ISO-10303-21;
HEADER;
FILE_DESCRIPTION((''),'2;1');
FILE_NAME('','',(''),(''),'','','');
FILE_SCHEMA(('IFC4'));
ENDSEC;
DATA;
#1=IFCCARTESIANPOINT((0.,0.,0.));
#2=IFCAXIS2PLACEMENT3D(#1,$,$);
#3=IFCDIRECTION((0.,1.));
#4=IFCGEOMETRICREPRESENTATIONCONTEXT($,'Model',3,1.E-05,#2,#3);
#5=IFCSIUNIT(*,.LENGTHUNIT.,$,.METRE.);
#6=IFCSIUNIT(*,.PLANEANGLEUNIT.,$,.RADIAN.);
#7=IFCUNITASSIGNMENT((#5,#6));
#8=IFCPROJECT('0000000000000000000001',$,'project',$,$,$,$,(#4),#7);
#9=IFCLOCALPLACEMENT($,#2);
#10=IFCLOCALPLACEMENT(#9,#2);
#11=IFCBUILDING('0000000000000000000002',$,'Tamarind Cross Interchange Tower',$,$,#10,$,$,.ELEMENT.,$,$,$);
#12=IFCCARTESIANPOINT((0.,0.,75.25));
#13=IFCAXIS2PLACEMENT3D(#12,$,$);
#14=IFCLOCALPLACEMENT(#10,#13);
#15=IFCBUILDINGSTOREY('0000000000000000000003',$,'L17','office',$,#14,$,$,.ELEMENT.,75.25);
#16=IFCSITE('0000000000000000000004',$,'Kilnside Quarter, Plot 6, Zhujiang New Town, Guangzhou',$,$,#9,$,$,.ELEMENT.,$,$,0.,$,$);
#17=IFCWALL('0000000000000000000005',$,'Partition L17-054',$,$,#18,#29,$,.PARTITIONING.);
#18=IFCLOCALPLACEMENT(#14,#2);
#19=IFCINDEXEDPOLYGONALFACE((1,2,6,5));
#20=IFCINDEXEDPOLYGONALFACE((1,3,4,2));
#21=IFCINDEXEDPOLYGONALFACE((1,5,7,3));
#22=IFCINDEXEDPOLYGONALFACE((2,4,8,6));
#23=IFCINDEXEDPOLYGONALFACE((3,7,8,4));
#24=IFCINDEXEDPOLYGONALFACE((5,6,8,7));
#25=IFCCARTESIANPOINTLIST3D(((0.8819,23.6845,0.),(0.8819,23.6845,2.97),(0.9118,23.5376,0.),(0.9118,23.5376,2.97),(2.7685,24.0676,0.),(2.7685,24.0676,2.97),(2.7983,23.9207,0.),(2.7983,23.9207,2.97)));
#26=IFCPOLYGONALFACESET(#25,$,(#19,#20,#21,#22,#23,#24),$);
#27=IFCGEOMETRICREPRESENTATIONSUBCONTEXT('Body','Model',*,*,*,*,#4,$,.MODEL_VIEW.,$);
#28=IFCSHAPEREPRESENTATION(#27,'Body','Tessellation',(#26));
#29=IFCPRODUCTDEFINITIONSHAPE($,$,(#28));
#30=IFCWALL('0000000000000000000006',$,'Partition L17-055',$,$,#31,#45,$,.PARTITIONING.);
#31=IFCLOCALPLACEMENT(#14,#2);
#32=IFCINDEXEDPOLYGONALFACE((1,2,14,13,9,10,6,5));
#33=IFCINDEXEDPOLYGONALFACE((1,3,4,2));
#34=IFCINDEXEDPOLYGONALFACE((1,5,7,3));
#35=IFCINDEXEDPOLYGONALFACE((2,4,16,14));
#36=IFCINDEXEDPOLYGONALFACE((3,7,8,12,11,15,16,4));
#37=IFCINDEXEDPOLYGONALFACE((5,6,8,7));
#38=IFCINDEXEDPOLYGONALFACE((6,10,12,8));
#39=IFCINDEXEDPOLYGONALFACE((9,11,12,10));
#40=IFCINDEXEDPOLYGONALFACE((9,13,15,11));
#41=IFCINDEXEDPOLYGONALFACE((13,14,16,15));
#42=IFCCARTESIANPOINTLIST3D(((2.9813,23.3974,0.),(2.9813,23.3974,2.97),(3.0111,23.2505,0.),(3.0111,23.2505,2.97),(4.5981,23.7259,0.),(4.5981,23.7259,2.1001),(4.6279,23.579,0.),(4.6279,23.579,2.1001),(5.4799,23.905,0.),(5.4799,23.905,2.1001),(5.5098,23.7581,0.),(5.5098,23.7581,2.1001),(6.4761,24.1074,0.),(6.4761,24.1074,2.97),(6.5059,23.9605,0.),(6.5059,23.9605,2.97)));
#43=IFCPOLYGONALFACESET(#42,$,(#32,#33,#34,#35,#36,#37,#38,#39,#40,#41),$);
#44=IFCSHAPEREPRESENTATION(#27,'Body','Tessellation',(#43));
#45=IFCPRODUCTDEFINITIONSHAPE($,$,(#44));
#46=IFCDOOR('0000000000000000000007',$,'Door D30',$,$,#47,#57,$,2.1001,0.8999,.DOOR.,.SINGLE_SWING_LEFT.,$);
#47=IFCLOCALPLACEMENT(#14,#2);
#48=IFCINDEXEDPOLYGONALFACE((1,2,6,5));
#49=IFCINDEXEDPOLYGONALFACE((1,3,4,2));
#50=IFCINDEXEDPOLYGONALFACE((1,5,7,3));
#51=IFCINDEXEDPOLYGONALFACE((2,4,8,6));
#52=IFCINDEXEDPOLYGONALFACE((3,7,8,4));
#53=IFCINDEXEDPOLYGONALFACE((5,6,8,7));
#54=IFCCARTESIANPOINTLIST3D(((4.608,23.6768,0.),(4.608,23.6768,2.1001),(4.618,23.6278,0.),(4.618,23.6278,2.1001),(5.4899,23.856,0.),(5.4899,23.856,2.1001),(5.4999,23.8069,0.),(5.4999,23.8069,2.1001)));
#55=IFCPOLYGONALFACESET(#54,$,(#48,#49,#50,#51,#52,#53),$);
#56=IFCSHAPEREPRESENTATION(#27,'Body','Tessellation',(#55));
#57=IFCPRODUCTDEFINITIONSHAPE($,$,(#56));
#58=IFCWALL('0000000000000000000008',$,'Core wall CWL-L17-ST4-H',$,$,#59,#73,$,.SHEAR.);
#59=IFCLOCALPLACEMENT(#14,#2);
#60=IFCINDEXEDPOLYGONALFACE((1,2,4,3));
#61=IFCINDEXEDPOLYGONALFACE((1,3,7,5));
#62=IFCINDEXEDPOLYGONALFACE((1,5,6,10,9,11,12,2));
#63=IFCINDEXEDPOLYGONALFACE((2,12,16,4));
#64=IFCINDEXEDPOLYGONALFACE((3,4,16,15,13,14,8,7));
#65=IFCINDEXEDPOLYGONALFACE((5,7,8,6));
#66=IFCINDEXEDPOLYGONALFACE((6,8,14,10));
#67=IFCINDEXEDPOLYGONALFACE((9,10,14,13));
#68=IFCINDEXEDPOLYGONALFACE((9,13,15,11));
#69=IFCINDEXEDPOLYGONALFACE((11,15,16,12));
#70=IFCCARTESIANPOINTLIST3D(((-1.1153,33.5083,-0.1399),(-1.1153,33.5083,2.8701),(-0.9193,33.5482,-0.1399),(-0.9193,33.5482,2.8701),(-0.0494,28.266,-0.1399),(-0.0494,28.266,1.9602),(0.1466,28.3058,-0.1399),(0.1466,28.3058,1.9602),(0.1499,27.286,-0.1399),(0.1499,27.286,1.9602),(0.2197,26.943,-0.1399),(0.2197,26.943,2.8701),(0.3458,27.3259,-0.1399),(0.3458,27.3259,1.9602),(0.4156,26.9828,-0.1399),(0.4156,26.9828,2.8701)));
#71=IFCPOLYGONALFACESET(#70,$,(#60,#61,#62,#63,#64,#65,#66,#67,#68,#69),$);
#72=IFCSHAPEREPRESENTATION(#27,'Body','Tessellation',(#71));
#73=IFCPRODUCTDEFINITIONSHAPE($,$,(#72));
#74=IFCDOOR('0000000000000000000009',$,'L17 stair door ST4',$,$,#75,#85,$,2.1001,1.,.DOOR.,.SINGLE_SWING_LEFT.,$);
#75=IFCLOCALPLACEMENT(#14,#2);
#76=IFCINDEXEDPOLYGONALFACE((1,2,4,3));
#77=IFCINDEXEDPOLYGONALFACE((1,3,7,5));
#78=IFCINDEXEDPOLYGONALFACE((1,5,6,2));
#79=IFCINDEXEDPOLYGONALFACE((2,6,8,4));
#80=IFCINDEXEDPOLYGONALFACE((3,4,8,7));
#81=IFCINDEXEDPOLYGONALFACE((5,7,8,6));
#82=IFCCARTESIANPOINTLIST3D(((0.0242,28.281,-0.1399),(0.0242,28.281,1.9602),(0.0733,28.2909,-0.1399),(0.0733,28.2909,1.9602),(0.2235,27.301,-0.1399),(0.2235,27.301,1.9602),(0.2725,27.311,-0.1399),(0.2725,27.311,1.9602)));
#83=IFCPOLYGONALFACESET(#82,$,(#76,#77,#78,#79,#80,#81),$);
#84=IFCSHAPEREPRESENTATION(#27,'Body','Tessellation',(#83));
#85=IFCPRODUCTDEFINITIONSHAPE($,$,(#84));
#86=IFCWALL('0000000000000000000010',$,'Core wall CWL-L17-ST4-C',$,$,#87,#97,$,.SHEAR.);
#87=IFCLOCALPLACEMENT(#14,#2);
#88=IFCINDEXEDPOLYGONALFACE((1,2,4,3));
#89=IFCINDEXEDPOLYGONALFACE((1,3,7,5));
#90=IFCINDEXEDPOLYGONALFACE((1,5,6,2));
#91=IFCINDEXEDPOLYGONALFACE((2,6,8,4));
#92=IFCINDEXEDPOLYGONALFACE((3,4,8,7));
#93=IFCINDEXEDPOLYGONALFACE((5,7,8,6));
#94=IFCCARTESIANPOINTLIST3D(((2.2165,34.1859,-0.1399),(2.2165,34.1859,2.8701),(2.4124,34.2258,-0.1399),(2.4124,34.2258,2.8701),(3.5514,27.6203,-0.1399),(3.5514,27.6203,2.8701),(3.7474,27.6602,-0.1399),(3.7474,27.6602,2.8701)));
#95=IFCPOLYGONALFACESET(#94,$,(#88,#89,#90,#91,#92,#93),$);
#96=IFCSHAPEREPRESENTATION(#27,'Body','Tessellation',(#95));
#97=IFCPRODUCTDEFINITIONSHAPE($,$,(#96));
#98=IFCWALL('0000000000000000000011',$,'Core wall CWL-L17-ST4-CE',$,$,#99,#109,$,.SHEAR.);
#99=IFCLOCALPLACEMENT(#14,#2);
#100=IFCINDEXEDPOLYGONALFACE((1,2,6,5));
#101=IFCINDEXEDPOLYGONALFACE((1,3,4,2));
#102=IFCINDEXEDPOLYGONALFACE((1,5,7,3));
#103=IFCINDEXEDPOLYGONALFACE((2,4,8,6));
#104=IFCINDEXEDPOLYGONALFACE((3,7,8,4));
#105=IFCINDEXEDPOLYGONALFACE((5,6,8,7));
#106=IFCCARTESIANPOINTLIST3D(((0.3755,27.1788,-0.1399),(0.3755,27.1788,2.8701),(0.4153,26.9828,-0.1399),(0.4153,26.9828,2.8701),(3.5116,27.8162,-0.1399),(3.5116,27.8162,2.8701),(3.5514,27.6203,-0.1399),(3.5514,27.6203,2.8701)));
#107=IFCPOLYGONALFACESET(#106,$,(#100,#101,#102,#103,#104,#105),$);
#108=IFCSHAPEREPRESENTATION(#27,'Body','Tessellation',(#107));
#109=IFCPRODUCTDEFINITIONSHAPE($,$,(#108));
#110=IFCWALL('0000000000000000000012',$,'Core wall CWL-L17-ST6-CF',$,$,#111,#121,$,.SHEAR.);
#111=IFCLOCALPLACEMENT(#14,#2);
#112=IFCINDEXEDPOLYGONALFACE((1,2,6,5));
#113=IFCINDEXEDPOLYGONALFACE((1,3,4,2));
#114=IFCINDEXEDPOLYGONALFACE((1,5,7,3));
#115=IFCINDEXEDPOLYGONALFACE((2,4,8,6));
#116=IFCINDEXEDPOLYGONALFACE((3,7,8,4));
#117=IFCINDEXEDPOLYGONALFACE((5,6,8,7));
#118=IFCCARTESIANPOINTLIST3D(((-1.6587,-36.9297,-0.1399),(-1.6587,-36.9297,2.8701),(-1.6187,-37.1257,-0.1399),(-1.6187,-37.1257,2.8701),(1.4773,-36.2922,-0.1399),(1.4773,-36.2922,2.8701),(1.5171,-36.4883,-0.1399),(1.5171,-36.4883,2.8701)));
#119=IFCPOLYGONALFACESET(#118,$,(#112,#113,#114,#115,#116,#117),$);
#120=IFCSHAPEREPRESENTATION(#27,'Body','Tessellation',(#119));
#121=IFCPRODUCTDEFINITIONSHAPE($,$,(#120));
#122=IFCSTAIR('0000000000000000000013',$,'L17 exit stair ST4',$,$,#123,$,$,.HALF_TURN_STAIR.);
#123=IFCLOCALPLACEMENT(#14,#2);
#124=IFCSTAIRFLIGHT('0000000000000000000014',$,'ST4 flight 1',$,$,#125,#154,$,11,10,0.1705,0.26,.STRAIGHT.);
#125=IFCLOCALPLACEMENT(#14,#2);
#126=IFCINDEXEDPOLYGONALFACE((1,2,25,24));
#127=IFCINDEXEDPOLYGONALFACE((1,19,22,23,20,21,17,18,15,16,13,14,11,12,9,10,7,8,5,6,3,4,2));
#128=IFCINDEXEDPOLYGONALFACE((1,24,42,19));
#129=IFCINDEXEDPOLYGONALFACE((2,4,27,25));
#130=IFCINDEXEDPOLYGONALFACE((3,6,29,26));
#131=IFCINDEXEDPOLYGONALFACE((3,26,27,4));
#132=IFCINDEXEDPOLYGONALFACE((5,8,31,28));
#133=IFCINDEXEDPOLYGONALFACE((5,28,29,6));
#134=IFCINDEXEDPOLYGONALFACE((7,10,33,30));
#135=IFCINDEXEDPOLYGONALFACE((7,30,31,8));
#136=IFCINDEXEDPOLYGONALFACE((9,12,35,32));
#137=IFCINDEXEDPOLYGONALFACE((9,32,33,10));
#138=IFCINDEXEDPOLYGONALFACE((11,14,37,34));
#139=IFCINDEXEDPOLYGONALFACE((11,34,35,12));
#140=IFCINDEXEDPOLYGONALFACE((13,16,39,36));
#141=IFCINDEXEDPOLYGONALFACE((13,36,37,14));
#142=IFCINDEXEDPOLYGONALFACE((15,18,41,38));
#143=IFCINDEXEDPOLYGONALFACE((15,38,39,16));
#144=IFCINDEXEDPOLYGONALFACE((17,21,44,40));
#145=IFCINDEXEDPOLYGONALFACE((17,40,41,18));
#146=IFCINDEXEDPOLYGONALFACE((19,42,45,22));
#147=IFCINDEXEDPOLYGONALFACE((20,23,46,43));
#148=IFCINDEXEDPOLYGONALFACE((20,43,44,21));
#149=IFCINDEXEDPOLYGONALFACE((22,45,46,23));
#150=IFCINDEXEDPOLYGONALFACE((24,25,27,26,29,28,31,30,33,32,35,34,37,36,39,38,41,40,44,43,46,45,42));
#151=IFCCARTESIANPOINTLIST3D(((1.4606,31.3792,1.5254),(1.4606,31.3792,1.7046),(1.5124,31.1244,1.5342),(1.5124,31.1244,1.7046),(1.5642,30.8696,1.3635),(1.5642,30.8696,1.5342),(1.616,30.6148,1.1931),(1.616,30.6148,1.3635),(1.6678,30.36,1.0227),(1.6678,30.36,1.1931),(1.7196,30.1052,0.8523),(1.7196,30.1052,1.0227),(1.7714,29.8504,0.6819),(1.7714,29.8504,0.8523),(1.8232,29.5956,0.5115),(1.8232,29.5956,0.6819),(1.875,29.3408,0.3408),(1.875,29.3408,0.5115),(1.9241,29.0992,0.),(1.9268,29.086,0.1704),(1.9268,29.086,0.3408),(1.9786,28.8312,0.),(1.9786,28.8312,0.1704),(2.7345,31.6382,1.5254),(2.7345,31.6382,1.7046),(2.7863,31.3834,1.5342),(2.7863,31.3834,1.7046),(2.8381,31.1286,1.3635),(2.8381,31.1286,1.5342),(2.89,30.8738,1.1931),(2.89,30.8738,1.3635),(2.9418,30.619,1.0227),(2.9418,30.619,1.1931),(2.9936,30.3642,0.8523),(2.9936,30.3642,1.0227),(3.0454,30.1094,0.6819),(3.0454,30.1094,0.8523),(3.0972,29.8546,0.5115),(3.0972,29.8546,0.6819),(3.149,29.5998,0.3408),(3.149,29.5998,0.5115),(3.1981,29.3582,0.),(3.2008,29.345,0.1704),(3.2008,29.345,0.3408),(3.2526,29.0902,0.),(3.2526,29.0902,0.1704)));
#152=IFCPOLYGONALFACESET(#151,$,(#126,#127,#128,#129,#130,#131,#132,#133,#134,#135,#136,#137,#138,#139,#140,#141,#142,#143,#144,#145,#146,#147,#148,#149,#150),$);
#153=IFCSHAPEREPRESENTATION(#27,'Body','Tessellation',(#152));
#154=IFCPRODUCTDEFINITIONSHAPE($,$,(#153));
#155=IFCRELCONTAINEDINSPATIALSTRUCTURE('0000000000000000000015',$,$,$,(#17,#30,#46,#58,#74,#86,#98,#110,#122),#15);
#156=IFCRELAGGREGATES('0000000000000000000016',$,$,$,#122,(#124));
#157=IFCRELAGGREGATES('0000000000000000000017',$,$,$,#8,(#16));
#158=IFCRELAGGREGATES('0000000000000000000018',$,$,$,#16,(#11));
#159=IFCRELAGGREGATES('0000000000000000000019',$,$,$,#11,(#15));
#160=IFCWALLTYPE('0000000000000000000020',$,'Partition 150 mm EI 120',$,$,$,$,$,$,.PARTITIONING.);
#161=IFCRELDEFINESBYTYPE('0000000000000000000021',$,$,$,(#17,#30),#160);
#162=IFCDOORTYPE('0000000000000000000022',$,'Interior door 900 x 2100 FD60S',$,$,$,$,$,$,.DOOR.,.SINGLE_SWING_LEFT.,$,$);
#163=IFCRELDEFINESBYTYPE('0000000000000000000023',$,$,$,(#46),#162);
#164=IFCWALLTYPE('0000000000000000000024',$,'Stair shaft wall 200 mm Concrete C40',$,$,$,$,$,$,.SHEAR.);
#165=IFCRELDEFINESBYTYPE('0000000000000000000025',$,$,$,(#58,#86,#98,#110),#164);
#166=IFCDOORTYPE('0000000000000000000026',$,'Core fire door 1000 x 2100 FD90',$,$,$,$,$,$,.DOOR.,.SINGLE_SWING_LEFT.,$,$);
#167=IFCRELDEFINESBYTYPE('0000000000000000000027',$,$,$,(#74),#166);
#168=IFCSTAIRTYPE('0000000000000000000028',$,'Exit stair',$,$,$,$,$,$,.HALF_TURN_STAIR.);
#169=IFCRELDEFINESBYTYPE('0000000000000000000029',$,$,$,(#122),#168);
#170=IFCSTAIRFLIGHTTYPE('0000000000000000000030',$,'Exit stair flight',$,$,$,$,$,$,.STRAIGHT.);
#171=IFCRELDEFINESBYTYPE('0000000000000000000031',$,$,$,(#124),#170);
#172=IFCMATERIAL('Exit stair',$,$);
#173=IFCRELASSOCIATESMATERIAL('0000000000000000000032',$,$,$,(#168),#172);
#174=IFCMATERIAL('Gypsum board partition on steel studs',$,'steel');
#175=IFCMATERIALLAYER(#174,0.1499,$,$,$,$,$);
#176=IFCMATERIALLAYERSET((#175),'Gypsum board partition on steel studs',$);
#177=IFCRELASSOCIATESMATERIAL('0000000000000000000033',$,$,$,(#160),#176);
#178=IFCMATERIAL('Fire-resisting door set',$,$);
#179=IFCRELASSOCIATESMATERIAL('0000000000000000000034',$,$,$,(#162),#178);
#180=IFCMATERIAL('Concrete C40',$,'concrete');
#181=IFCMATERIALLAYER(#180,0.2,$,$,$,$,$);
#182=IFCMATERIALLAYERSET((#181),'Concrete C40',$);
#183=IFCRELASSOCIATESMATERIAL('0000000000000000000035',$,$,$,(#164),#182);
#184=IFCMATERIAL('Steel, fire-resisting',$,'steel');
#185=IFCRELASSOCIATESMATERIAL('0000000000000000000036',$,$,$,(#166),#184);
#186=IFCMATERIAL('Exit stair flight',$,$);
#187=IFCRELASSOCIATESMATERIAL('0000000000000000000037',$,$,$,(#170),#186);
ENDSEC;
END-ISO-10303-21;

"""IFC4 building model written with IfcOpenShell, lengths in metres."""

from ifc_helpers import new_model, si_unit, direction, frame, frame_2d, origin, place, context, subcontext, project, spatial, polyline, rectangle, outline, extrude, material, layer, layer_set, type_object, element, fill, aggregate, save


model = new_model("IFC4")

# Units and contexts
model_context = context("Model", 3, precision=1e-05, world=origin(), true_north=direction((0.0, 1.0)))
body_context = subcontext(model_context, "Body", "Model", "MODEL_VIEW")
ifc_project = project(units=[si_unit("LENGTHUNIT", "METRE"), si_unit("PLANEANGLEUNIT", "RADIAN")], contexts=[model_context])

# Site, building, storey
site_placement = place(None, origin())
site = spatial("IfcSite", under=ifc_project, at=site_placement, Name="Kilnside Quarter, Plot 6, Zhujiang New Town, Guangzhou", CompositionType="ELEMENT", RefElevation=0.0)
building_placement = place(site_placement, origin())
building = spatial("IfcBuilding", under=site, at=building_placement, Name="Tamarind Cross Interchange Tower", CompositionType="ELEMENT")
storey_placement = place(building_placement, frame((0.0, 0.0, 75.25)))
storey = spatial("IfcBuildingStorey", under=building, at=storey_placement, Name="L17", Description="office", CompositionType="ELEMENT", Elevation=75.25)

# Shared definitions
ifc_material_1 = material(Name="Exit stair")
stair_type = type_object("IfcStairType", Name="Exit stair", PredefinedType="HALF_TURN_STAIR", material=ifc_material_1)
ifc_material_2 = material(Name="Concrete C40", Category="concrete")

# Shared definitions
ifc_material_3 = material(Name="Gypsum board partition on steel studs", Category="steel")

# Shared definitions
ifc_layer_1 = layer(ifc_material_3, 0.1499)
ifc_layer_set_1 = layer_set([ifc_layer_1], Name="Gypsum board partition on steel studs")
wall_type_1 = type_object("IfcWallType", Name="Partition 150 mm EI 120", PredefinedType="PARTITIONING", material=ifc_layer_set_1)
ifc_material_4 = material(Name="Fire-resisting door set")
door_type_1 = type_object("IfcDoorType", Name="Interior door 900 x 2100 FD60S", OperationType="SINGLE_SWING_LEFT", PredefinedType="DOOR", material=ifc_material_4)

# Wall
wall_1_placement = place(storey_placement, frame((0.897, 23.6111, 0.0), z_axis=(0.0, 0.0, 1.0), x_axis=(0.980001, 0.198993, 0.0)))
element("IfcWall", 1, at=wall_1_placement, inside=storey, type_object=wall_type_1, Name="Partition L17-054", PredefinedType="PARTITIONING", context=body_context, shape_type="SweptSolid", body=[
    extrude(rectangle(XDim=1.925, YDim=0.1499, at=frame_2d((0.9624, 0.0))), origin(), (0.0, 0.0, 1.0), 2.97),
])

# Walls, openings, doors
wall_2_placement = place(storey_placement, frame((2.9961, 23.324, 0.0), z_axis=(0.0, 0.0, 1.0), x_axis=(0.979984, 0.199077, 0.0)))
wall_2 = element("IfcWall", 2, at=wall_2_placement, inside=storey, type_object=wall_type_1, Name="Partition L17-055", PredefinedType="PARTITIONING", context=body_context, shape_type="SweptSolid", body=[
    extrude(rectangle(XDim=3.5662, YDim=0.1499, at=frame_2d((1.7832, 0.0))), origin(), (0.0, 0.0, 1.0), 2.97),
])
opening_1_placement = place(wall_2_placement, frame((1.6499, 0.0, 0.0)))
opening_1 = element("IfcOpeningElement", 3, at=opening_1_placement, cuts=wall_2, PredefinedType="OPENING", context=body_context, shape_type="SweptSolid", body=[
    extrude(rectangle(XDim=0.8999, YDim=2.1001, at=frame_2d((0.45, 1.05))), frame((0.0, 0.085, 0.0), z_axis=(0.0, -1.0, 0.0), x_axis=(1.0, 0.0, 0.0)), (0.0, 0.0, 1.0), 0.1699),
])
door_1_placement = place(opening_1_placement, origin())
door_1 = element("IfcDoor", 4, at=door_1_placement, inside=storey, type_object=door_type_1, Name="Door D30", OperationType="SINGLE_SWING_LEFT", OverallHeight=2.1001, OverallWidth=0.8999, PredefinedType="DOOR", context=body_context, shape_type="SweptSolid", body=[
    extrude(rectangle(XDim=0.8999, YDim=2.1001, at=frame_2d((0.45, 1.05))), frame((0.0, 0.0249, 0.0), z_axis=(0.0, -1.0, 0.0), x_axis=(1.0, 0.0, 0.0)), (0.0, 0.0, 1.0), 0.05),
])
fill(opening_1, door_1)
ifc_layer_2 = layer(ifc_material_2, 0.2)
ifc_layer_set_2 = layer_set([ifc_layer_2], Name="Concrete C40")
wall_type_2 = type_object("IfcWallType", Name="Stair shaft wall 200 mm Concrete C40", PredefinedType="SHEAR", material=ifc_layer_set_2)
wall_3_placement = place(storey_placement, frame((0.3176, 26.9629, -0.1399), z_axis=(0.0, 0.0, 1.0), x_axis=(-0.199255, 0.979948, 0.0)))
wall_3 = element("IfcWall", 5, at=wall_3_placement, inside=storey, type_object=wall_type_2, Name="Core wall CWL-L17-ST4-H", PredefinedType="SHEAR", context=body_context, shape_type="SweptSolid", body=[
    extrude(rectangle(XDim=6.6997, YDim=0.2, at=frame_2d((3.3499, 0.0))), origin(), (0.0, 0.0, 1.0), 3.01),
])
opening_2_placement = place(wall_3_placement, frame((0.3501, 0.0, 0.0)))
opening_2 = element("IfcOpeningElement", 6, at=opening_2_placement, cuts=wall_3, PredefinedType="OPENING", context=body_context, shape_type="SweptSolid", body=[
    extrude(rectangle(XDim=1.0, YDim=2.1001, at=frame_2d((0.5, 1.05))), frame((0.0, 0.1099, 0.0), z_axis=(0.0, -1.0, 0.0), x_axis=(1.0, 0.0, 0.0)), (0.0, 0.0, 1.0), 0.22),
])
ifc_material_5 = material(Name="Steel, fire-resisting", Category="steel")
door_type_2 = type_object("IfcDoorType", Name="Core fire door 1000 x 2100 FD90", OperationType="SINGLE_SWING_LEFT", PredefinedType="DOOR", material=ifc_material_5)
door_2_placement = place(opening_2_placement, origin())
door_2 = element("IfcDoor", 7, at=door_2_placement, inside=storey, type_object=door_type_2, Name="L17 stair door ST4", OperationType="SINGLE_SWING_LEFT", OverallHeight=2.1001, OverallWidth=1.0, PredefinedType="DOOR", context=body_context, shape_type="SweptSolid", body=[
    extrude(rectangle(XDim=1.0, YDim=2.1001, at=frame_2d((0.5, 1.05))), frame((0.0, 0.0249, 0.0), z_axis=(0.0, -1.0, 0.0), x_axis=(1.0, 0.0, 0.0)), (0.0, 0.0, 1.0), 0.05),
])
fill(opening_2, door_2)

# Walls
wall_4_placement = place(storey_placement, frame((3.6494, 27.6401, -0.1399), z_axis=(0.0, 0.0, 1.0), x_axis=(-0.199247, 0.979949, 0.0)))
element("IfcWall", 8, at=wall_4_placement, inside=storey, type_object=wall_type_2, Name="Core wall CWL-L17-ST4-C", PredefinedType="SHEAR", context=body_context, shape_type="SweptSolid", body=[
    extrude(rectangle(XDim=6.7, YDim=0.2, at=frame_2d((3.3501, 0.0))), origin(), (0.0, 0.0, 1.0), 3.01),
])
wall_5_placement = place(storey_placement, frame((3.5315, 27.7183, -0.1399), z_axis=(0.0, 0.0, 1.0), x_axis=(-0.97996, -0.199196, 0.0)))
element("IfcWall", 9, at=wall_5_placement, inside=storey, type_object=wall_type_2, Name="Core wall CWL-L17-ST4-CE", PredefinedType="SHEAR", context=body_context, shape_type="SweptSolid", body=[
    extrude(rectangle(XDim=3.2002, YDim=0.2, at=frame_2d((1.6001, 0.0))), origin(), (0.0, 0.0, 1.0), 3.01),
])
wall_6_placement = place(storey_placement, frame((0.0, 0.0, -0.1399)))
element("IfcWall", 10, at=wall_6_placement, inside=storey, type_object=wall_type_2, Name="Core wall CWL-L17-ST6-CF", PredefinedType="SHEAR", context=body_context, shape_type="SweptSolid", body=[
    extrude(outline(polyline([(-1.6587, -36.9297), (-1.6187, -37.1257), (1.5171, -36.4883), (1.4773, -36.2922), (-1.6587, -36.9297)])), origin(), (0.0, 0.0, 1.0), 3.01),
])

# Stair, stair flight
stair_1_placement = place(storey_placement, origin())
stair_1 = element("IfcStair", 11, at=stair_1_placement, inside=storey, type_object=stair_type, Name="L17 exit stair ST4", PredefinedType="HALF_TURN_STAIR")
ifc_material_6 = material(Name="Exit stair flight")
stair_flight_type = type_object("IfcStairFlightType", Name="Exit stair flight", PredefinedType="STRAIGHT", material=ifc_material_6)
stair_flight_1_placement = place(storey_placement, frame((2.6155, 28.9607, 0.0), z_axis=(0.0, 0.0, 1.0), x_axis=(-0.199245, 0.97995, 0.0)))
stair_flight_1 = element("IfcStairFlight", 12, at=stair_flight_1_placement, type_object=stair_flight_type, Name="ST4 flight 1", NumberOfRisers=11, NumberOfTreads=10, PredefinedType="STRAIGHT", RiserHeight=0.1705, TreadLength=0.26, context=body_context, shape_type="SweptSolid", body=[
    extrude(outline(polyline([(0.0, 0.0), (0.0, 0.1704), (0.26, 0.1704), (0.26, 0.3408), (0.52, 0.3408), (0.52, 0.5115), (0.78, 0.5115), (0.78, 0.6819), (1.04, 0.6819), (1.04, 0.8523), (1.3, 0.8523), (1.3, 1.0227), (1.5601, 1.0227), (1.5601, 1.1931), (1.8201, 1.1931), (1.8201, 1.3635), (2.0801, 1.3635), (2.0801, 1.5342), (2.3401, 1.5342), (2.3401, 1.7046), (2.6001, 1.7046), (2.6001, 1.875), (2.6001, 1.5254), (0.2734, 0.0), (0.0, 0.0)])), frame((0.0, 0.6499, 0.0), z_axis=(0.0, -1.0, 0.0), x_axis=(1.0, 0.0, 0.0)), (0.0, 0.0, 1.0), 1.3),
])
aggregate(stair_1, [stair_flight_1])

save(model, "model.ifc")
